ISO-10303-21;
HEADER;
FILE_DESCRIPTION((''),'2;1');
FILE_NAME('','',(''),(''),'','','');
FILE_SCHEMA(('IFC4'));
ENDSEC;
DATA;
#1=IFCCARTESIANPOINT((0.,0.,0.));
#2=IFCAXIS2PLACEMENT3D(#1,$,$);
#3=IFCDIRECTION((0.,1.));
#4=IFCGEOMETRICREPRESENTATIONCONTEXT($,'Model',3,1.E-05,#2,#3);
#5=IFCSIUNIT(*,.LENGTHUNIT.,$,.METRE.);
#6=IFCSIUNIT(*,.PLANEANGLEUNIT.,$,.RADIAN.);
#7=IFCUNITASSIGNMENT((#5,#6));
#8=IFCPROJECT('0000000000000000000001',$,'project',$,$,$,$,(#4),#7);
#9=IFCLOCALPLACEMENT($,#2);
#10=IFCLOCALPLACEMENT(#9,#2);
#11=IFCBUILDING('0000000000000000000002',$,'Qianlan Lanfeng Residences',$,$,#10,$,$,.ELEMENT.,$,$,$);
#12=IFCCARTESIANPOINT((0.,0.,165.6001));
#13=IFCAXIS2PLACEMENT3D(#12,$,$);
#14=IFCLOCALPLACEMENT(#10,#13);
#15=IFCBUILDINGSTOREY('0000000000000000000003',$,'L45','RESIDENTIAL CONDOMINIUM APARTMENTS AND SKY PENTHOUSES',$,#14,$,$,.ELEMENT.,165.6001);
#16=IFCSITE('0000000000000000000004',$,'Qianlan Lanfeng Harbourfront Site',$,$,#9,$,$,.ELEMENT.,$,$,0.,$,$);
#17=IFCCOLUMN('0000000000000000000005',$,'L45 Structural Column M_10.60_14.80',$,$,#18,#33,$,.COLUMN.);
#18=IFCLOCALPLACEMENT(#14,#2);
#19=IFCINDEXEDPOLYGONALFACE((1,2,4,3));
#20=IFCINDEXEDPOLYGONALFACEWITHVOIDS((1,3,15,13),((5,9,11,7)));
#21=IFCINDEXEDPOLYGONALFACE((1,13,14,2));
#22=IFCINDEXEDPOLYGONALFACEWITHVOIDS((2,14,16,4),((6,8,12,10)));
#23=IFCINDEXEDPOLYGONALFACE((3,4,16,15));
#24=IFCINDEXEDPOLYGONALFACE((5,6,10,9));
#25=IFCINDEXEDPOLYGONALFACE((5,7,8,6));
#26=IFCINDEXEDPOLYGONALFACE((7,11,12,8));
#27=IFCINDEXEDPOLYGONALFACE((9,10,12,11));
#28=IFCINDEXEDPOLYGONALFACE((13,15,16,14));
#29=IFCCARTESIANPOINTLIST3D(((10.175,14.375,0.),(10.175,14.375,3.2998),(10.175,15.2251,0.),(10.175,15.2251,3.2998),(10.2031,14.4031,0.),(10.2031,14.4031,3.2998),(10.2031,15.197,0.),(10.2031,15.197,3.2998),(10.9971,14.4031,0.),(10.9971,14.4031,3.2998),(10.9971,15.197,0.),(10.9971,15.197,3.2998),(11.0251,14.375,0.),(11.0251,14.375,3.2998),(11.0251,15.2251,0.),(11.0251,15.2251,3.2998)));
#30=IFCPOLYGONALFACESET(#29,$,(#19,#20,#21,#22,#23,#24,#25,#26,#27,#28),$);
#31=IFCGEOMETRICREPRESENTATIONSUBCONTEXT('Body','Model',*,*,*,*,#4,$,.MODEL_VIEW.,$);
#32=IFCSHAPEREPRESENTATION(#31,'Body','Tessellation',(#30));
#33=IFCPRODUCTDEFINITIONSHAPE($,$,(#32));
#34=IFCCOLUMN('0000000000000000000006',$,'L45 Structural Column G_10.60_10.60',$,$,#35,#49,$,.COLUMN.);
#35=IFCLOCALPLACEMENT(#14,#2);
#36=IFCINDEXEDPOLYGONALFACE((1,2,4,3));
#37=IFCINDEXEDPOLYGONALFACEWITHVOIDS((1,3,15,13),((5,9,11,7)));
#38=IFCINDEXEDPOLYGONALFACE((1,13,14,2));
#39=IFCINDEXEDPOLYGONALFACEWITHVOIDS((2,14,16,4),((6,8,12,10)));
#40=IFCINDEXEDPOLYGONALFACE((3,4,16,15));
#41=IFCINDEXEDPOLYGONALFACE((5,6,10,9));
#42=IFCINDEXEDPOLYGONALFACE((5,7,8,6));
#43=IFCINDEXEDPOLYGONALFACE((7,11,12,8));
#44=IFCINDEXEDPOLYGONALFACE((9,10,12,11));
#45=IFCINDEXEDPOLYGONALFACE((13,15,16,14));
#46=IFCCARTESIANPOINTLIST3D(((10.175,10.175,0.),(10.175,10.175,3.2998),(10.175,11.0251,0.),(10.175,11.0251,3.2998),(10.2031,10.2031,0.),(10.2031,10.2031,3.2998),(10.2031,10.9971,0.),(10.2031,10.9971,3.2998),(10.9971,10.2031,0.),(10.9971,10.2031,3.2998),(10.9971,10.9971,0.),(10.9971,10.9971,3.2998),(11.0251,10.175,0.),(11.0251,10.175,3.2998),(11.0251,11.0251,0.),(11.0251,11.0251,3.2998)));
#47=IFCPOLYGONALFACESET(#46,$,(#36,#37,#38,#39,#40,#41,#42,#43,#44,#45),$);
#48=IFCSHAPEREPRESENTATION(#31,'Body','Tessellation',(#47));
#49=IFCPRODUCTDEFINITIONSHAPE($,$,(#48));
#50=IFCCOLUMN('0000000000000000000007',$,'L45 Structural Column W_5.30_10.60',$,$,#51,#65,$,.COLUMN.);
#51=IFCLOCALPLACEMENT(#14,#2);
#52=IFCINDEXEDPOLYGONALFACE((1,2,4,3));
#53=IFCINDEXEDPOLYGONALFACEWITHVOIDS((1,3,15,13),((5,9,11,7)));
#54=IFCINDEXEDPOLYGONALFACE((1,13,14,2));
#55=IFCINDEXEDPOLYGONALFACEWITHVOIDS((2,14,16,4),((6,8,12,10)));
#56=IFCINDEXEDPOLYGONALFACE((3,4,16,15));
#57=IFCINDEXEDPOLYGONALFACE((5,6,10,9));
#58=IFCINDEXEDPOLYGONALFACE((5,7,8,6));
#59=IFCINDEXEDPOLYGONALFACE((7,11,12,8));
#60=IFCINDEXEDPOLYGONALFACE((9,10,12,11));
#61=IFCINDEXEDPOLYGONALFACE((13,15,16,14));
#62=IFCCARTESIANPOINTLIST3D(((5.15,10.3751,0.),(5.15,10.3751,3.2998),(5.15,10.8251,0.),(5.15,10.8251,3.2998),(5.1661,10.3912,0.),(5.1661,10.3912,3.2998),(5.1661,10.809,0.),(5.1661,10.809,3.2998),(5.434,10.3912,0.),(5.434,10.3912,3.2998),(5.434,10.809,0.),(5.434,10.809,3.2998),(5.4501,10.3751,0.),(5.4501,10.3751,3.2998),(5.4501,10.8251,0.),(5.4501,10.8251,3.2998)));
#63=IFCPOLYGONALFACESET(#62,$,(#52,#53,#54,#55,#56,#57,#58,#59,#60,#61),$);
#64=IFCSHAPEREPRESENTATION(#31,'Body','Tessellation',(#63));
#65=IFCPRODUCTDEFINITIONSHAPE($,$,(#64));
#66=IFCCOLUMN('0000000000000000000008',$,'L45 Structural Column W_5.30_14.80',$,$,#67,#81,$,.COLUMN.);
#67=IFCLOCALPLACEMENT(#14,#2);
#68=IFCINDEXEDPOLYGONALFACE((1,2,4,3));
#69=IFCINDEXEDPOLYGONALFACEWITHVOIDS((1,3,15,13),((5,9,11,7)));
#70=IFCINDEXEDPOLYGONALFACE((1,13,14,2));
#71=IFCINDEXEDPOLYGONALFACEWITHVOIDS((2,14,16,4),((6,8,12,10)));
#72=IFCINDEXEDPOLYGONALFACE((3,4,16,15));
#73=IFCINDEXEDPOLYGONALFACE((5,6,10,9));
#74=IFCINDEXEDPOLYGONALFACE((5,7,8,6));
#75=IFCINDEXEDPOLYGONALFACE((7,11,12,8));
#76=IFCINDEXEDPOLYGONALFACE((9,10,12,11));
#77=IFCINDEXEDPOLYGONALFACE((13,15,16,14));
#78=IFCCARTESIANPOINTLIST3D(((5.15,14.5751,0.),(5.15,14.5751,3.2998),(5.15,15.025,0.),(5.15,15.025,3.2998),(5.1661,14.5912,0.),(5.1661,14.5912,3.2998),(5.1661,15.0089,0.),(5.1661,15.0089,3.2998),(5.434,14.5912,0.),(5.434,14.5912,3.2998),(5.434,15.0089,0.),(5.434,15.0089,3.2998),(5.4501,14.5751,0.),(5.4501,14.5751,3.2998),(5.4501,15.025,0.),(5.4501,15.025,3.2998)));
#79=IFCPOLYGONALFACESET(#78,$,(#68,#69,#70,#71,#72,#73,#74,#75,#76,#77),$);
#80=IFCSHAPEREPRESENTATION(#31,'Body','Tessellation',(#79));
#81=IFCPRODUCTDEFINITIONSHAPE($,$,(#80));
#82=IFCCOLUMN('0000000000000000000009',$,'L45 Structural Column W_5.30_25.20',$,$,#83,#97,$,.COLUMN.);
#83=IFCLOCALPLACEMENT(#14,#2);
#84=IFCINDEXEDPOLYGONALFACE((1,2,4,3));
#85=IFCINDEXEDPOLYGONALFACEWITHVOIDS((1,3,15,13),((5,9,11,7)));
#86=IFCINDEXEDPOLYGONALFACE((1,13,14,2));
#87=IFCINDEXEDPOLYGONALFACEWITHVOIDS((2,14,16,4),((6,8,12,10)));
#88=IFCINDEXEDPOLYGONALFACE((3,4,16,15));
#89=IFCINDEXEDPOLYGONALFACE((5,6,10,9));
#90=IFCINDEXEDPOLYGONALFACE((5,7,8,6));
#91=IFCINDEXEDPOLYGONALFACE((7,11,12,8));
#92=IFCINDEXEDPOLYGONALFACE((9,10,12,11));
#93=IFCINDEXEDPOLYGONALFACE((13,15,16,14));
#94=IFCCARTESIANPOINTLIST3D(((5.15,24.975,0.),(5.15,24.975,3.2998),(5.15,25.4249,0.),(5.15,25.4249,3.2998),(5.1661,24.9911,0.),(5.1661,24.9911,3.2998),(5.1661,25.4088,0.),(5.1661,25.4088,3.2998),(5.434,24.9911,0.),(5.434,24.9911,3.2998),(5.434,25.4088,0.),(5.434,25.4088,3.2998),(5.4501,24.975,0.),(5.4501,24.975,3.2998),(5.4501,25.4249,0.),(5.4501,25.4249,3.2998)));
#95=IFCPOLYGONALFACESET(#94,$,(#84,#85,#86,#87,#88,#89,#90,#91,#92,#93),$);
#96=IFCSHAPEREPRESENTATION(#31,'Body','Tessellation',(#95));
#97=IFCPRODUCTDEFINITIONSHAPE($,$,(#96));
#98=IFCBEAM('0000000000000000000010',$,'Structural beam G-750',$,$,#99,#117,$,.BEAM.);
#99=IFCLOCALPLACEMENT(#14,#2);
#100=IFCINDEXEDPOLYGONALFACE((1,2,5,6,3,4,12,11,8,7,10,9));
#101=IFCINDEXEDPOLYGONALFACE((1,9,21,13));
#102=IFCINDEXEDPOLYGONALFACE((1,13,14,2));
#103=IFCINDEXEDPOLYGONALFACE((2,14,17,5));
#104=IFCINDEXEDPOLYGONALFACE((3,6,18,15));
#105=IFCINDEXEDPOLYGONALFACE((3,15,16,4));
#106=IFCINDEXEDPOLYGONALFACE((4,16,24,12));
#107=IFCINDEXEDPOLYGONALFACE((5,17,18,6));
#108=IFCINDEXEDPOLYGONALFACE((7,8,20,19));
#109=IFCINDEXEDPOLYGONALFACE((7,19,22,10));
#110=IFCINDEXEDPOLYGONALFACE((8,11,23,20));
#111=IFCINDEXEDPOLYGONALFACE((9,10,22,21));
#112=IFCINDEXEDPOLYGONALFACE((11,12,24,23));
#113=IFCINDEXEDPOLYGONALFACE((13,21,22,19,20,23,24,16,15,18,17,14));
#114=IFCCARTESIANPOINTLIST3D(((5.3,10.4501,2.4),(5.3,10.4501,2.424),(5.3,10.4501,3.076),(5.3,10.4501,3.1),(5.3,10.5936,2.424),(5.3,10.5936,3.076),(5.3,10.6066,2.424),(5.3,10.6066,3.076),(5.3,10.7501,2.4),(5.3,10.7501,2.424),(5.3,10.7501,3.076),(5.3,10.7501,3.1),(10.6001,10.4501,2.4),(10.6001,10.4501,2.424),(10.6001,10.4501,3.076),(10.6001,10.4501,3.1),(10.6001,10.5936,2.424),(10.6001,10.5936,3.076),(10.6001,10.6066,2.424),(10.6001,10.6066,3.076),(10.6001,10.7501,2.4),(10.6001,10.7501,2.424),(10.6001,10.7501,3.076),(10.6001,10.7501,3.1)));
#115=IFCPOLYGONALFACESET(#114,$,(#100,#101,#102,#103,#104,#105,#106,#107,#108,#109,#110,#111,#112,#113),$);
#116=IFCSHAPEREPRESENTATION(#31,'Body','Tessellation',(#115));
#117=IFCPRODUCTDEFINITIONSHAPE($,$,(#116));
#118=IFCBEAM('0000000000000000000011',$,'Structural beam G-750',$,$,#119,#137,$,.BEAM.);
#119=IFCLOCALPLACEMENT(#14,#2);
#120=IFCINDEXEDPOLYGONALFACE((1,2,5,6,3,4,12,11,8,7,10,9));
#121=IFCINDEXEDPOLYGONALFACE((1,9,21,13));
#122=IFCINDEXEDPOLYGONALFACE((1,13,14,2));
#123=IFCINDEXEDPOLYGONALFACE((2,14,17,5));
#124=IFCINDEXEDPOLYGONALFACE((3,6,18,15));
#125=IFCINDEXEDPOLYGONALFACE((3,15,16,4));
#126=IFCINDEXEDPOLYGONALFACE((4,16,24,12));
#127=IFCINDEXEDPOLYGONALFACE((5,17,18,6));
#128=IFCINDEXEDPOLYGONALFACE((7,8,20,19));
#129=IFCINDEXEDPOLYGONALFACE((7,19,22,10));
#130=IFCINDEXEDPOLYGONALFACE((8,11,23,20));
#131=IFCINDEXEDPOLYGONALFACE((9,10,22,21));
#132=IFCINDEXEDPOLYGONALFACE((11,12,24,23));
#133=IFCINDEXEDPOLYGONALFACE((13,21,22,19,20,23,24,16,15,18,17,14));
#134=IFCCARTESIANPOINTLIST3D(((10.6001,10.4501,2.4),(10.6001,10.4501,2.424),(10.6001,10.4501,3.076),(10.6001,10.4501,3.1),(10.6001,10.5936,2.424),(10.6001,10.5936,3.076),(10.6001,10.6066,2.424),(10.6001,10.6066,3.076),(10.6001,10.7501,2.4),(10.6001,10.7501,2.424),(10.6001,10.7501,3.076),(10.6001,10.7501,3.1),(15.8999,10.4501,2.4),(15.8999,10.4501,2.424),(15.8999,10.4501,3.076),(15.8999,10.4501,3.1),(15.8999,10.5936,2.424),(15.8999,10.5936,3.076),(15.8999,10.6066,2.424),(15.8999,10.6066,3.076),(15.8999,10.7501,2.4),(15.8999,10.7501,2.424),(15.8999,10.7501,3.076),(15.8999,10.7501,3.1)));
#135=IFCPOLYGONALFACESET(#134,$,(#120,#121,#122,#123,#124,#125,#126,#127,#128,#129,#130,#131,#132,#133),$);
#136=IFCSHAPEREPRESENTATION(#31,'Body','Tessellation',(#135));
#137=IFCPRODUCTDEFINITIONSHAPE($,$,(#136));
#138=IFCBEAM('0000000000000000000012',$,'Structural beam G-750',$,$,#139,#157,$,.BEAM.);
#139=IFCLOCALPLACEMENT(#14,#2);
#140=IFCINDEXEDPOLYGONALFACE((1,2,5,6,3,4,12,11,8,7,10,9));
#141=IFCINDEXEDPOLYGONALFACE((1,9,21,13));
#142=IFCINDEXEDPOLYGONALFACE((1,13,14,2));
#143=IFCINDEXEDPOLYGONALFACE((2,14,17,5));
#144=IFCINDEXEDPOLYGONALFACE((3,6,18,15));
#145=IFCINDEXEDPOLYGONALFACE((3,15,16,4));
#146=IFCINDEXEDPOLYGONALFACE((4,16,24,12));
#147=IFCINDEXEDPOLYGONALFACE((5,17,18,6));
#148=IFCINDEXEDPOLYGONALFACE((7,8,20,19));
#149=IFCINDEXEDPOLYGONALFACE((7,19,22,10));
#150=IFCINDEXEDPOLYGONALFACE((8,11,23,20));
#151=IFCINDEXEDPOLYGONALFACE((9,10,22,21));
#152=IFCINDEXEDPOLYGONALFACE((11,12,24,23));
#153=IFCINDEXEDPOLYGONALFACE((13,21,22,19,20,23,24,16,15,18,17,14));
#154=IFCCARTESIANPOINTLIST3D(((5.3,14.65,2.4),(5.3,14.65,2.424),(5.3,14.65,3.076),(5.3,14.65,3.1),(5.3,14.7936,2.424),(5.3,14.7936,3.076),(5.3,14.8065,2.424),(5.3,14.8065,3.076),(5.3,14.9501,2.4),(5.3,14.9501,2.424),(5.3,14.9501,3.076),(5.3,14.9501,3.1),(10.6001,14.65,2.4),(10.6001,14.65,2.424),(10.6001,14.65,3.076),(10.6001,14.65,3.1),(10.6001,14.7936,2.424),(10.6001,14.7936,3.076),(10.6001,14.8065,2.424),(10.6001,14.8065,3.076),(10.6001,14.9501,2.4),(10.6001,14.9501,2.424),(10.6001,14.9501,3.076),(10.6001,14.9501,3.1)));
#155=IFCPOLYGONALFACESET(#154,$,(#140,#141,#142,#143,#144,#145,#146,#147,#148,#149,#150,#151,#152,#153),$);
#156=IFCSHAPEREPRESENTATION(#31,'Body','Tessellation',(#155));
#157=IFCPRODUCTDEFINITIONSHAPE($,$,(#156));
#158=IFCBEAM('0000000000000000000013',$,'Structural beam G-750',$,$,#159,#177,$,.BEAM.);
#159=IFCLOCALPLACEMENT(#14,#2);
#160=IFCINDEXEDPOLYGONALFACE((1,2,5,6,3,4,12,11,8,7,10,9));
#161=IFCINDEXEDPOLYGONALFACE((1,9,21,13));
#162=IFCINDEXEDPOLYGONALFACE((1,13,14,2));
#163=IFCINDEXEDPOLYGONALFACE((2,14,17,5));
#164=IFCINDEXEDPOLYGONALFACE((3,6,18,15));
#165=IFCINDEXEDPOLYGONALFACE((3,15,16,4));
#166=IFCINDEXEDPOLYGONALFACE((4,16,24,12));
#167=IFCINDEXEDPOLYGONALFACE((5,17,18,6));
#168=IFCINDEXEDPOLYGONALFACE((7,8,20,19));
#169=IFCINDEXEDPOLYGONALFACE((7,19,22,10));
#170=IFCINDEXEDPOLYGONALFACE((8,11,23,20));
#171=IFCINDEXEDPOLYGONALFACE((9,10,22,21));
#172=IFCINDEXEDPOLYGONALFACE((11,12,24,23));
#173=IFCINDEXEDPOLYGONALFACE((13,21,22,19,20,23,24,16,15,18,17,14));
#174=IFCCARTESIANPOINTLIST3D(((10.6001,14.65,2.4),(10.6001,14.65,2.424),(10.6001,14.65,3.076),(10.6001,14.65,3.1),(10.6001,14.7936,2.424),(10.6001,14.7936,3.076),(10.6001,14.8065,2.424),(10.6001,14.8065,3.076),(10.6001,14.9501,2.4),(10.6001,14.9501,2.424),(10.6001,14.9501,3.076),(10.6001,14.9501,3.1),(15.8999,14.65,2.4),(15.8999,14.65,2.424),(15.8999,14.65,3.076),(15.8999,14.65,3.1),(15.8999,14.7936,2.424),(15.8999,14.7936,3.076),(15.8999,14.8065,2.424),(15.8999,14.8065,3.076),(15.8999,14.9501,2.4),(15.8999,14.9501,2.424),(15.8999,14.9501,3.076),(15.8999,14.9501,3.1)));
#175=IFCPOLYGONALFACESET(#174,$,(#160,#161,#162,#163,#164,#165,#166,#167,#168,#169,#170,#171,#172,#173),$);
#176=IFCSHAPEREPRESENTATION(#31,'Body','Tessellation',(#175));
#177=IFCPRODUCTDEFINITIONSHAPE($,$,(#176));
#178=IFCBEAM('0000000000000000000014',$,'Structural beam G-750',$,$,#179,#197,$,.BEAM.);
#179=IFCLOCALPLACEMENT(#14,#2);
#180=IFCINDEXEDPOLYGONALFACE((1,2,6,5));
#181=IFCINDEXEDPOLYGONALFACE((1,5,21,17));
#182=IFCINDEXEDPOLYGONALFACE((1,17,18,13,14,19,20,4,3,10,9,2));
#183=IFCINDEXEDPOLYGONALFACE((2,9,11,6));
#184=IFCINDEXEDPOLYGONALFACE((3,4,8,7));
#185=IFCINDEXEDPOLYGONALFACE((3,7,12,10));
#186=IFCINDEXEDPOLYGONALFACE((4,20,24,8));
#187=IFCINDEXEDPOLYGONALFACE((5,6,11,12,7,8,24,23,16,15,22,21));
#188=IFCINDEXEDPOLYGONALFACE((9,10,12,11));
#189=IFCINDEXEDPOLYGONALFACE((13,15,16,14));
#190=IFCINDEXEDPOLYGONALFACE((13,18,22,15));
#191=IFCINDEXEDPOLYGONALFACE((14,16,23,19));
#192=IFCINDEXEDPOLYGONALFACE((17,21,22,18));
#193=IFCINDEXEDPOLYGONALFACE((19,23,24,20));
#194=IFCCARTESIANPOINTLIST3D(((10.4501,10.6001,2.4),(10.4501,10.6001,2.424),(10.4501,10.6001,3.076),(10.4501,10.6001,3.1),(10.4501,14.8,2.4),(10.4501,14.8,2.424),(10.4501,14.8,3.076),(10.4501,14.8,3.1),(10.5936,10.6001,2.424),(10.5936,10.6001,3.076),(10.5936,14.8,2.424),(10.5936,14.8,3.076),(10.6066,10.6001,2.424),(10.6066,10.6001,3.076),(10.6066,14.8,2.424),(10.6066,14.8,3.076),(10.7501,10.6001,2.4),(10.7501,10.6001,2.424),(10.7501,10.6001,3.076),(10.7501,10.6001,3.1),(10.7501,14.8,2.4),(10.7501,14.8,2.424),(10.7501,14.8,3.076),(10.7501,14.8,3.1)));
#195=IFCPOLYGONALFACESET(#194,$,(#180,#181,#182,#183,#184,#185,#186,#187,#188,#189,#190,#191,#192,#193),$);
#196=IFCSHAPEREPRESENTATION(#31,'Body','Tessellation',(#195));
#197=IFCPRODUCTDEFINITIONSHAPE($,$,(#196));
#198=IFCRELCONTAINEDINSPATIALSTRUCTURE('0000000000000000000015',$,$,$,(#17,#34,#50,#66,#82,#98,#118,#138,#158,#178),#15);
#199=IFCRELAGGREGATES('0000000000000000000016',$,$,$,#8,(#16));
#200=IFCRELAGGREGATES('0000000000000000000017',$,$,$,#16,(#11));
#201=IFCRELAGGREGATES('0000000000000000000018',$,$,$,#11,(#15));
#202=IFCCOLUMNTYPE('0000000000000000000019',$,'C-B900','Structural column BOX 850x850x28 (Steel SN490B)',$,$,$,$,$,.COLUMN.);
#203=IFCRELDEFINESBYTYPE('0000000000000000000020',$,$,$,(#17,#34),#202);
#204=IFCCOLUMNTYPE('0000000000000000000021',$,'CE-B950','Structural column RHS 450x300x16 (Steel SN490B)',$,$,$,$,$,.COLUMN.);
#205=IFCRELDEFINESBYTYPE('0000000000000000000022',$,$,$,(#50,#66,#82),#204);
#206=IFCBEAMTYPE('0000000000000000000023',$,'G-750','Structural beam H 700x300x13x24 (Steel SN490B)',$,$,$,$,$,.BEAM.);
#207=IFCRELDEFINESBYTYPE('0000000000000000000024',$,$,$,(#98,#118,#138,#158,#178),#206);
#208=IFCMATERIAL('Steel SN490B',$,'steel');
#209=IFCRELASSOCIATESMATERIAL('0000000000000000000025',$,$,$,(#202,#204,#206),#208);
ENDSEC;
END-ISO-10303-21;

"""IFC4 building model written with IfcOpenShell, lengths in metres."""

from ifc_helpers import new_model, si_unit, direction, frame, origin, origin_2d, place, context, subcontext, project, spatial, hollow_rectangle, i_section, extrude, material, material_profile, profile_set, type_object, element, save


model = new_model("IFC4")

# Units and contexts
model_context = context("Model", 3, precision=1e-05, world=origin(), true_north=direction((0.0, 1.0)))
body_context = subcontext(model_context, "Body", "Model", "MODEL_VIEW")
ifc_project = project(units=[si_unit("LENGTHUNIT", "METRE"), si_unit("PLANEANGLEUNIT", "RADIAN")], contexts=[model_context])

# Site, building, storey
site_placement = place(None, origin())
site = spatial("IfcSite", under=ifc_project, at=site_placement, Name="Qianlan Lanfeng Harbourfront Site", CompositionType="ELEMENT", RefElevation=0.0)
building_placement = place(site_placement, origin())
building = spatial("IfcBuilding", under=site, at=building_placement, Name="Qianlan Lanfeng Residences", CompositionType="ELEMENT")
storey_placement = place(building_placement, frame((0.0, 0.0, 165.6001)))
storey = spatial("IfcBuildingStorey", under=building, at=storey_placement, Name="L45", Description="RESIDENTIAL CONDOMINIUM APARTMENTS AND SKY PENTHOUSES", CompositionType="ELEMENT", Elevation=165.6001)

# Columns
ifc_material_1 = material(Name="Steel SN490B", Category="steel")
ifc_material_profile_1 = material_profile(ifc_material_1, hollow_rectangle(XDim=0.8501, YDim=0.8501, WallThickness=0.0281, at=origin_2d()), Name="BOX 850x850x28")
ifc_profile_set_1 = profile_set([ifc_material_profile_1], Name="Steel SN490B")
column_type_1 = type_object("IfcColumnType", Name="C-B900", Description="Structural column BOX 850x850x28 (Steel SN490B)", PredefinedType="COLUMN", material=ifc_profile_set_1)
for number, where, z_axis, x_axis, name in (
    (1, (10.6001, 14.8, 0.0), (0.0, 0.0, 1.0), (1.0, 0.0, 0.0), "L45 Structural Column M_10.60_14.80"),
    (2, (10.6001, 10.6001, 0.0), (0.0, 0.0, 1.0), (1.0, 0.0, 0.0), "L45 Structural Column G_10.60_10.60"),
):
    element("IfcColumn", number, at=place(storey_placement, frame(where, z_axis=z_axis, x_axis=x_axis)), inside=storey, type_object=column_type_1, Name=name, PredefinedType="COLUMN", context=body_context, shape_type="SweptSolid", body=[
        extrude(hollow_rectangle(XDim=0.8501, YDim=0.8501, WallThickness=0.0281, at=origin_2d()), origin(), (0.0, 0.0, 1.0), 3.2998),
    ])
ifc_material_profile_2 = material_profile(ifc_material_1, hollow_rectangle(XDim=0.3, YDim=0.45, WallThickness=0.0161, at=origin_2d()), Name="RHS 450x300x16")
ifc_profile_set_2 = profile_set([ifc_material_profile_2], Name="Steel SN490B")
column_type_2 = type_object("IfcColumnType", Name="CE-B950", Description="Structural column RHS 450x300x16 (Steel SN490B)", PredefinedType="COLUMN", material=ifc_profile_set_2)
for number, where, z_axis, x_axis, name in (
    (3, (5.3, 10.6001, 0.0), (0.0, 0.0, 1.0), (1.0, 0.0, 0.0), "L45 Structural Column W_5.30_10.60"),
    (4, (5.3, 14.8, 0.0), (0.0, 0.0, 1.0), (1.0, 0.0, 0.0), "L45 Structural Column W_5.30_14.80"),
    (5, (5.3, 25.2, 0.0), (0.0, 0.0, 1.0), (1.0, 0.0, 0.0), "L45 Structural Column W_5.30_25.20"),
):
    element("IfcColumn", number, at=place(storey_placement, frame(where, z_axis=z_axis, x_axis=x_axis)), inside=storey, type_object=column_type_2, Name=name, PredefinedType="COLUMN", context=body_context, shape_type="SweptSolid", body=[
        extrude(hollow_rectangle(XDim=0.3, YDim=0.45, WallThickness=0.0161, at=origin_2d()), origin(), (0.0, 0.0, 1.0), 3.2998),
    ])

# Beams
ifc_material_profile_3 = material_profile(ifc_material_1, i_section(OverallWidth=0.3, OverallDepth=0.7, WebThickness=0.0129, FlangeThickness=0.0239, at=origin_2d()), Name="H 700x300x13x24")
ifc_profile_set_3 = profile_set([ifc_material_profile_3], Name="Steel SN490B")
beam_type_1 = type_object("IfcBeamType", Name="G-750", Description="Structural beam H 700x300x13x24 (Steel SN490B)", PredefinedType="BEAM", material=ifc_profile_set_3)
beam_1_placement = place(storey_placement, frame((5.3, 10.6001, 2.75), z_axis=(1.0, 0.0, 0.0), x_axis=(0.0, 1.0, 0.0)))
element("IfcBeam", 6, at=beam_1_placement, inside=storey, type_object=beam_type_1, Name="Structural beam G-750", PredefinedType="BEAM", context=body_context, shape_type="SweptSolid", body=[
    extrude(i_section(OverallWidth=0.3, OverallDepth=0.7, WebThickness=0.0129, FlangeThickness=0.0239, at=origin_2d()), origin(), (0.0, 0.0, 1.0), 5.3),
])
beam_2_placement = place(storey_placement, frame((10.6001, 10.6001, 2.75), z_axis=(1.0, 0.0, 0.0), x_axis=(0.0, 1.0, 0.0)))
element("IfcBeam", 7, at=beam_2_placement, inside=storey, type_object=beam_type_1, Name="Structural beam G-750", PredefinedType="BEAM", context=body_context, shape_type="SweptSolid", body=[
    extrude(i_section(OverallWidth=0.3, OverallDepth=0.7, WebThickness=0.0129, FlangeThickness=0.0239, at=origin_2d()), origin(), (0.0, 0.0, 1.0), 5.2998),
])
beam_3_placement = place(storey_placement, frame((5.3, 14.8, 2.75), z_axis=(1.0, 0.0, 0.0), x_axis=(0.0, 1.0, 0.0)))
element("IfcBeam", 8, at=beam_3_placement, inside=storey, type_object=beam_type_1, Name="Structural beam G-750", PredefinedType="BEAM", context=body_context, shape_type="SweptSolid", body=[
    extrude(i_section(OverallWidth=0.3, OverallDepth=0.7, WebThickness=0.0129, FlangeThickness=0.0239, at=origin_2d()), origin(), (0.0, 0.0, 1.0), 5.3),
])
beam_4_placement = place(storey_placement, frame((10.6001, 14.8, 2.75), z_axis=(1.0, 0.0, 0.0), x_axis=(0.0, 1.0, 0.0)))
element("IfcBeam", 9, at=beam_4_placement, inside=storey, type_object=beam_type_1, Name="Structural beam G-750", PredefinedType="BEAM", context=body_context, shape_type="SweptSolid", body=[
    extrude(i_section(OverallWidth=0.3, OverallDepth=0.7, WebThickness=0.0129, FlangeThickness=0.0239, at=origin_2d()), origin(), (0.0, 0.0, 1.0), 5.2998),
])
beam_5_placement = place(storey_placement, frame((10.6001, 10.6001, 2.75), z_axis=(0.0, 1.0, 0.0), x_axis=(-1.0, 0.0, 0.0)))
element("IfcBeam", 10, at=beam_5_placement, inside=storey, type_object=beam_type_1, Name="Structural beam G-750", PredefinedType="BEAM", context=body_context, shape_type="SweptSolid", body=[
    extrude(i_section(OverallWidth=0.3, OverallDepth=0.7, WebThickness=0.0129, FlangeThickness=0.0239, at=origin_2d()), origin(), (0.0, 0.0, 1.0), 4.2),
])

save(model, "model.ifc")
